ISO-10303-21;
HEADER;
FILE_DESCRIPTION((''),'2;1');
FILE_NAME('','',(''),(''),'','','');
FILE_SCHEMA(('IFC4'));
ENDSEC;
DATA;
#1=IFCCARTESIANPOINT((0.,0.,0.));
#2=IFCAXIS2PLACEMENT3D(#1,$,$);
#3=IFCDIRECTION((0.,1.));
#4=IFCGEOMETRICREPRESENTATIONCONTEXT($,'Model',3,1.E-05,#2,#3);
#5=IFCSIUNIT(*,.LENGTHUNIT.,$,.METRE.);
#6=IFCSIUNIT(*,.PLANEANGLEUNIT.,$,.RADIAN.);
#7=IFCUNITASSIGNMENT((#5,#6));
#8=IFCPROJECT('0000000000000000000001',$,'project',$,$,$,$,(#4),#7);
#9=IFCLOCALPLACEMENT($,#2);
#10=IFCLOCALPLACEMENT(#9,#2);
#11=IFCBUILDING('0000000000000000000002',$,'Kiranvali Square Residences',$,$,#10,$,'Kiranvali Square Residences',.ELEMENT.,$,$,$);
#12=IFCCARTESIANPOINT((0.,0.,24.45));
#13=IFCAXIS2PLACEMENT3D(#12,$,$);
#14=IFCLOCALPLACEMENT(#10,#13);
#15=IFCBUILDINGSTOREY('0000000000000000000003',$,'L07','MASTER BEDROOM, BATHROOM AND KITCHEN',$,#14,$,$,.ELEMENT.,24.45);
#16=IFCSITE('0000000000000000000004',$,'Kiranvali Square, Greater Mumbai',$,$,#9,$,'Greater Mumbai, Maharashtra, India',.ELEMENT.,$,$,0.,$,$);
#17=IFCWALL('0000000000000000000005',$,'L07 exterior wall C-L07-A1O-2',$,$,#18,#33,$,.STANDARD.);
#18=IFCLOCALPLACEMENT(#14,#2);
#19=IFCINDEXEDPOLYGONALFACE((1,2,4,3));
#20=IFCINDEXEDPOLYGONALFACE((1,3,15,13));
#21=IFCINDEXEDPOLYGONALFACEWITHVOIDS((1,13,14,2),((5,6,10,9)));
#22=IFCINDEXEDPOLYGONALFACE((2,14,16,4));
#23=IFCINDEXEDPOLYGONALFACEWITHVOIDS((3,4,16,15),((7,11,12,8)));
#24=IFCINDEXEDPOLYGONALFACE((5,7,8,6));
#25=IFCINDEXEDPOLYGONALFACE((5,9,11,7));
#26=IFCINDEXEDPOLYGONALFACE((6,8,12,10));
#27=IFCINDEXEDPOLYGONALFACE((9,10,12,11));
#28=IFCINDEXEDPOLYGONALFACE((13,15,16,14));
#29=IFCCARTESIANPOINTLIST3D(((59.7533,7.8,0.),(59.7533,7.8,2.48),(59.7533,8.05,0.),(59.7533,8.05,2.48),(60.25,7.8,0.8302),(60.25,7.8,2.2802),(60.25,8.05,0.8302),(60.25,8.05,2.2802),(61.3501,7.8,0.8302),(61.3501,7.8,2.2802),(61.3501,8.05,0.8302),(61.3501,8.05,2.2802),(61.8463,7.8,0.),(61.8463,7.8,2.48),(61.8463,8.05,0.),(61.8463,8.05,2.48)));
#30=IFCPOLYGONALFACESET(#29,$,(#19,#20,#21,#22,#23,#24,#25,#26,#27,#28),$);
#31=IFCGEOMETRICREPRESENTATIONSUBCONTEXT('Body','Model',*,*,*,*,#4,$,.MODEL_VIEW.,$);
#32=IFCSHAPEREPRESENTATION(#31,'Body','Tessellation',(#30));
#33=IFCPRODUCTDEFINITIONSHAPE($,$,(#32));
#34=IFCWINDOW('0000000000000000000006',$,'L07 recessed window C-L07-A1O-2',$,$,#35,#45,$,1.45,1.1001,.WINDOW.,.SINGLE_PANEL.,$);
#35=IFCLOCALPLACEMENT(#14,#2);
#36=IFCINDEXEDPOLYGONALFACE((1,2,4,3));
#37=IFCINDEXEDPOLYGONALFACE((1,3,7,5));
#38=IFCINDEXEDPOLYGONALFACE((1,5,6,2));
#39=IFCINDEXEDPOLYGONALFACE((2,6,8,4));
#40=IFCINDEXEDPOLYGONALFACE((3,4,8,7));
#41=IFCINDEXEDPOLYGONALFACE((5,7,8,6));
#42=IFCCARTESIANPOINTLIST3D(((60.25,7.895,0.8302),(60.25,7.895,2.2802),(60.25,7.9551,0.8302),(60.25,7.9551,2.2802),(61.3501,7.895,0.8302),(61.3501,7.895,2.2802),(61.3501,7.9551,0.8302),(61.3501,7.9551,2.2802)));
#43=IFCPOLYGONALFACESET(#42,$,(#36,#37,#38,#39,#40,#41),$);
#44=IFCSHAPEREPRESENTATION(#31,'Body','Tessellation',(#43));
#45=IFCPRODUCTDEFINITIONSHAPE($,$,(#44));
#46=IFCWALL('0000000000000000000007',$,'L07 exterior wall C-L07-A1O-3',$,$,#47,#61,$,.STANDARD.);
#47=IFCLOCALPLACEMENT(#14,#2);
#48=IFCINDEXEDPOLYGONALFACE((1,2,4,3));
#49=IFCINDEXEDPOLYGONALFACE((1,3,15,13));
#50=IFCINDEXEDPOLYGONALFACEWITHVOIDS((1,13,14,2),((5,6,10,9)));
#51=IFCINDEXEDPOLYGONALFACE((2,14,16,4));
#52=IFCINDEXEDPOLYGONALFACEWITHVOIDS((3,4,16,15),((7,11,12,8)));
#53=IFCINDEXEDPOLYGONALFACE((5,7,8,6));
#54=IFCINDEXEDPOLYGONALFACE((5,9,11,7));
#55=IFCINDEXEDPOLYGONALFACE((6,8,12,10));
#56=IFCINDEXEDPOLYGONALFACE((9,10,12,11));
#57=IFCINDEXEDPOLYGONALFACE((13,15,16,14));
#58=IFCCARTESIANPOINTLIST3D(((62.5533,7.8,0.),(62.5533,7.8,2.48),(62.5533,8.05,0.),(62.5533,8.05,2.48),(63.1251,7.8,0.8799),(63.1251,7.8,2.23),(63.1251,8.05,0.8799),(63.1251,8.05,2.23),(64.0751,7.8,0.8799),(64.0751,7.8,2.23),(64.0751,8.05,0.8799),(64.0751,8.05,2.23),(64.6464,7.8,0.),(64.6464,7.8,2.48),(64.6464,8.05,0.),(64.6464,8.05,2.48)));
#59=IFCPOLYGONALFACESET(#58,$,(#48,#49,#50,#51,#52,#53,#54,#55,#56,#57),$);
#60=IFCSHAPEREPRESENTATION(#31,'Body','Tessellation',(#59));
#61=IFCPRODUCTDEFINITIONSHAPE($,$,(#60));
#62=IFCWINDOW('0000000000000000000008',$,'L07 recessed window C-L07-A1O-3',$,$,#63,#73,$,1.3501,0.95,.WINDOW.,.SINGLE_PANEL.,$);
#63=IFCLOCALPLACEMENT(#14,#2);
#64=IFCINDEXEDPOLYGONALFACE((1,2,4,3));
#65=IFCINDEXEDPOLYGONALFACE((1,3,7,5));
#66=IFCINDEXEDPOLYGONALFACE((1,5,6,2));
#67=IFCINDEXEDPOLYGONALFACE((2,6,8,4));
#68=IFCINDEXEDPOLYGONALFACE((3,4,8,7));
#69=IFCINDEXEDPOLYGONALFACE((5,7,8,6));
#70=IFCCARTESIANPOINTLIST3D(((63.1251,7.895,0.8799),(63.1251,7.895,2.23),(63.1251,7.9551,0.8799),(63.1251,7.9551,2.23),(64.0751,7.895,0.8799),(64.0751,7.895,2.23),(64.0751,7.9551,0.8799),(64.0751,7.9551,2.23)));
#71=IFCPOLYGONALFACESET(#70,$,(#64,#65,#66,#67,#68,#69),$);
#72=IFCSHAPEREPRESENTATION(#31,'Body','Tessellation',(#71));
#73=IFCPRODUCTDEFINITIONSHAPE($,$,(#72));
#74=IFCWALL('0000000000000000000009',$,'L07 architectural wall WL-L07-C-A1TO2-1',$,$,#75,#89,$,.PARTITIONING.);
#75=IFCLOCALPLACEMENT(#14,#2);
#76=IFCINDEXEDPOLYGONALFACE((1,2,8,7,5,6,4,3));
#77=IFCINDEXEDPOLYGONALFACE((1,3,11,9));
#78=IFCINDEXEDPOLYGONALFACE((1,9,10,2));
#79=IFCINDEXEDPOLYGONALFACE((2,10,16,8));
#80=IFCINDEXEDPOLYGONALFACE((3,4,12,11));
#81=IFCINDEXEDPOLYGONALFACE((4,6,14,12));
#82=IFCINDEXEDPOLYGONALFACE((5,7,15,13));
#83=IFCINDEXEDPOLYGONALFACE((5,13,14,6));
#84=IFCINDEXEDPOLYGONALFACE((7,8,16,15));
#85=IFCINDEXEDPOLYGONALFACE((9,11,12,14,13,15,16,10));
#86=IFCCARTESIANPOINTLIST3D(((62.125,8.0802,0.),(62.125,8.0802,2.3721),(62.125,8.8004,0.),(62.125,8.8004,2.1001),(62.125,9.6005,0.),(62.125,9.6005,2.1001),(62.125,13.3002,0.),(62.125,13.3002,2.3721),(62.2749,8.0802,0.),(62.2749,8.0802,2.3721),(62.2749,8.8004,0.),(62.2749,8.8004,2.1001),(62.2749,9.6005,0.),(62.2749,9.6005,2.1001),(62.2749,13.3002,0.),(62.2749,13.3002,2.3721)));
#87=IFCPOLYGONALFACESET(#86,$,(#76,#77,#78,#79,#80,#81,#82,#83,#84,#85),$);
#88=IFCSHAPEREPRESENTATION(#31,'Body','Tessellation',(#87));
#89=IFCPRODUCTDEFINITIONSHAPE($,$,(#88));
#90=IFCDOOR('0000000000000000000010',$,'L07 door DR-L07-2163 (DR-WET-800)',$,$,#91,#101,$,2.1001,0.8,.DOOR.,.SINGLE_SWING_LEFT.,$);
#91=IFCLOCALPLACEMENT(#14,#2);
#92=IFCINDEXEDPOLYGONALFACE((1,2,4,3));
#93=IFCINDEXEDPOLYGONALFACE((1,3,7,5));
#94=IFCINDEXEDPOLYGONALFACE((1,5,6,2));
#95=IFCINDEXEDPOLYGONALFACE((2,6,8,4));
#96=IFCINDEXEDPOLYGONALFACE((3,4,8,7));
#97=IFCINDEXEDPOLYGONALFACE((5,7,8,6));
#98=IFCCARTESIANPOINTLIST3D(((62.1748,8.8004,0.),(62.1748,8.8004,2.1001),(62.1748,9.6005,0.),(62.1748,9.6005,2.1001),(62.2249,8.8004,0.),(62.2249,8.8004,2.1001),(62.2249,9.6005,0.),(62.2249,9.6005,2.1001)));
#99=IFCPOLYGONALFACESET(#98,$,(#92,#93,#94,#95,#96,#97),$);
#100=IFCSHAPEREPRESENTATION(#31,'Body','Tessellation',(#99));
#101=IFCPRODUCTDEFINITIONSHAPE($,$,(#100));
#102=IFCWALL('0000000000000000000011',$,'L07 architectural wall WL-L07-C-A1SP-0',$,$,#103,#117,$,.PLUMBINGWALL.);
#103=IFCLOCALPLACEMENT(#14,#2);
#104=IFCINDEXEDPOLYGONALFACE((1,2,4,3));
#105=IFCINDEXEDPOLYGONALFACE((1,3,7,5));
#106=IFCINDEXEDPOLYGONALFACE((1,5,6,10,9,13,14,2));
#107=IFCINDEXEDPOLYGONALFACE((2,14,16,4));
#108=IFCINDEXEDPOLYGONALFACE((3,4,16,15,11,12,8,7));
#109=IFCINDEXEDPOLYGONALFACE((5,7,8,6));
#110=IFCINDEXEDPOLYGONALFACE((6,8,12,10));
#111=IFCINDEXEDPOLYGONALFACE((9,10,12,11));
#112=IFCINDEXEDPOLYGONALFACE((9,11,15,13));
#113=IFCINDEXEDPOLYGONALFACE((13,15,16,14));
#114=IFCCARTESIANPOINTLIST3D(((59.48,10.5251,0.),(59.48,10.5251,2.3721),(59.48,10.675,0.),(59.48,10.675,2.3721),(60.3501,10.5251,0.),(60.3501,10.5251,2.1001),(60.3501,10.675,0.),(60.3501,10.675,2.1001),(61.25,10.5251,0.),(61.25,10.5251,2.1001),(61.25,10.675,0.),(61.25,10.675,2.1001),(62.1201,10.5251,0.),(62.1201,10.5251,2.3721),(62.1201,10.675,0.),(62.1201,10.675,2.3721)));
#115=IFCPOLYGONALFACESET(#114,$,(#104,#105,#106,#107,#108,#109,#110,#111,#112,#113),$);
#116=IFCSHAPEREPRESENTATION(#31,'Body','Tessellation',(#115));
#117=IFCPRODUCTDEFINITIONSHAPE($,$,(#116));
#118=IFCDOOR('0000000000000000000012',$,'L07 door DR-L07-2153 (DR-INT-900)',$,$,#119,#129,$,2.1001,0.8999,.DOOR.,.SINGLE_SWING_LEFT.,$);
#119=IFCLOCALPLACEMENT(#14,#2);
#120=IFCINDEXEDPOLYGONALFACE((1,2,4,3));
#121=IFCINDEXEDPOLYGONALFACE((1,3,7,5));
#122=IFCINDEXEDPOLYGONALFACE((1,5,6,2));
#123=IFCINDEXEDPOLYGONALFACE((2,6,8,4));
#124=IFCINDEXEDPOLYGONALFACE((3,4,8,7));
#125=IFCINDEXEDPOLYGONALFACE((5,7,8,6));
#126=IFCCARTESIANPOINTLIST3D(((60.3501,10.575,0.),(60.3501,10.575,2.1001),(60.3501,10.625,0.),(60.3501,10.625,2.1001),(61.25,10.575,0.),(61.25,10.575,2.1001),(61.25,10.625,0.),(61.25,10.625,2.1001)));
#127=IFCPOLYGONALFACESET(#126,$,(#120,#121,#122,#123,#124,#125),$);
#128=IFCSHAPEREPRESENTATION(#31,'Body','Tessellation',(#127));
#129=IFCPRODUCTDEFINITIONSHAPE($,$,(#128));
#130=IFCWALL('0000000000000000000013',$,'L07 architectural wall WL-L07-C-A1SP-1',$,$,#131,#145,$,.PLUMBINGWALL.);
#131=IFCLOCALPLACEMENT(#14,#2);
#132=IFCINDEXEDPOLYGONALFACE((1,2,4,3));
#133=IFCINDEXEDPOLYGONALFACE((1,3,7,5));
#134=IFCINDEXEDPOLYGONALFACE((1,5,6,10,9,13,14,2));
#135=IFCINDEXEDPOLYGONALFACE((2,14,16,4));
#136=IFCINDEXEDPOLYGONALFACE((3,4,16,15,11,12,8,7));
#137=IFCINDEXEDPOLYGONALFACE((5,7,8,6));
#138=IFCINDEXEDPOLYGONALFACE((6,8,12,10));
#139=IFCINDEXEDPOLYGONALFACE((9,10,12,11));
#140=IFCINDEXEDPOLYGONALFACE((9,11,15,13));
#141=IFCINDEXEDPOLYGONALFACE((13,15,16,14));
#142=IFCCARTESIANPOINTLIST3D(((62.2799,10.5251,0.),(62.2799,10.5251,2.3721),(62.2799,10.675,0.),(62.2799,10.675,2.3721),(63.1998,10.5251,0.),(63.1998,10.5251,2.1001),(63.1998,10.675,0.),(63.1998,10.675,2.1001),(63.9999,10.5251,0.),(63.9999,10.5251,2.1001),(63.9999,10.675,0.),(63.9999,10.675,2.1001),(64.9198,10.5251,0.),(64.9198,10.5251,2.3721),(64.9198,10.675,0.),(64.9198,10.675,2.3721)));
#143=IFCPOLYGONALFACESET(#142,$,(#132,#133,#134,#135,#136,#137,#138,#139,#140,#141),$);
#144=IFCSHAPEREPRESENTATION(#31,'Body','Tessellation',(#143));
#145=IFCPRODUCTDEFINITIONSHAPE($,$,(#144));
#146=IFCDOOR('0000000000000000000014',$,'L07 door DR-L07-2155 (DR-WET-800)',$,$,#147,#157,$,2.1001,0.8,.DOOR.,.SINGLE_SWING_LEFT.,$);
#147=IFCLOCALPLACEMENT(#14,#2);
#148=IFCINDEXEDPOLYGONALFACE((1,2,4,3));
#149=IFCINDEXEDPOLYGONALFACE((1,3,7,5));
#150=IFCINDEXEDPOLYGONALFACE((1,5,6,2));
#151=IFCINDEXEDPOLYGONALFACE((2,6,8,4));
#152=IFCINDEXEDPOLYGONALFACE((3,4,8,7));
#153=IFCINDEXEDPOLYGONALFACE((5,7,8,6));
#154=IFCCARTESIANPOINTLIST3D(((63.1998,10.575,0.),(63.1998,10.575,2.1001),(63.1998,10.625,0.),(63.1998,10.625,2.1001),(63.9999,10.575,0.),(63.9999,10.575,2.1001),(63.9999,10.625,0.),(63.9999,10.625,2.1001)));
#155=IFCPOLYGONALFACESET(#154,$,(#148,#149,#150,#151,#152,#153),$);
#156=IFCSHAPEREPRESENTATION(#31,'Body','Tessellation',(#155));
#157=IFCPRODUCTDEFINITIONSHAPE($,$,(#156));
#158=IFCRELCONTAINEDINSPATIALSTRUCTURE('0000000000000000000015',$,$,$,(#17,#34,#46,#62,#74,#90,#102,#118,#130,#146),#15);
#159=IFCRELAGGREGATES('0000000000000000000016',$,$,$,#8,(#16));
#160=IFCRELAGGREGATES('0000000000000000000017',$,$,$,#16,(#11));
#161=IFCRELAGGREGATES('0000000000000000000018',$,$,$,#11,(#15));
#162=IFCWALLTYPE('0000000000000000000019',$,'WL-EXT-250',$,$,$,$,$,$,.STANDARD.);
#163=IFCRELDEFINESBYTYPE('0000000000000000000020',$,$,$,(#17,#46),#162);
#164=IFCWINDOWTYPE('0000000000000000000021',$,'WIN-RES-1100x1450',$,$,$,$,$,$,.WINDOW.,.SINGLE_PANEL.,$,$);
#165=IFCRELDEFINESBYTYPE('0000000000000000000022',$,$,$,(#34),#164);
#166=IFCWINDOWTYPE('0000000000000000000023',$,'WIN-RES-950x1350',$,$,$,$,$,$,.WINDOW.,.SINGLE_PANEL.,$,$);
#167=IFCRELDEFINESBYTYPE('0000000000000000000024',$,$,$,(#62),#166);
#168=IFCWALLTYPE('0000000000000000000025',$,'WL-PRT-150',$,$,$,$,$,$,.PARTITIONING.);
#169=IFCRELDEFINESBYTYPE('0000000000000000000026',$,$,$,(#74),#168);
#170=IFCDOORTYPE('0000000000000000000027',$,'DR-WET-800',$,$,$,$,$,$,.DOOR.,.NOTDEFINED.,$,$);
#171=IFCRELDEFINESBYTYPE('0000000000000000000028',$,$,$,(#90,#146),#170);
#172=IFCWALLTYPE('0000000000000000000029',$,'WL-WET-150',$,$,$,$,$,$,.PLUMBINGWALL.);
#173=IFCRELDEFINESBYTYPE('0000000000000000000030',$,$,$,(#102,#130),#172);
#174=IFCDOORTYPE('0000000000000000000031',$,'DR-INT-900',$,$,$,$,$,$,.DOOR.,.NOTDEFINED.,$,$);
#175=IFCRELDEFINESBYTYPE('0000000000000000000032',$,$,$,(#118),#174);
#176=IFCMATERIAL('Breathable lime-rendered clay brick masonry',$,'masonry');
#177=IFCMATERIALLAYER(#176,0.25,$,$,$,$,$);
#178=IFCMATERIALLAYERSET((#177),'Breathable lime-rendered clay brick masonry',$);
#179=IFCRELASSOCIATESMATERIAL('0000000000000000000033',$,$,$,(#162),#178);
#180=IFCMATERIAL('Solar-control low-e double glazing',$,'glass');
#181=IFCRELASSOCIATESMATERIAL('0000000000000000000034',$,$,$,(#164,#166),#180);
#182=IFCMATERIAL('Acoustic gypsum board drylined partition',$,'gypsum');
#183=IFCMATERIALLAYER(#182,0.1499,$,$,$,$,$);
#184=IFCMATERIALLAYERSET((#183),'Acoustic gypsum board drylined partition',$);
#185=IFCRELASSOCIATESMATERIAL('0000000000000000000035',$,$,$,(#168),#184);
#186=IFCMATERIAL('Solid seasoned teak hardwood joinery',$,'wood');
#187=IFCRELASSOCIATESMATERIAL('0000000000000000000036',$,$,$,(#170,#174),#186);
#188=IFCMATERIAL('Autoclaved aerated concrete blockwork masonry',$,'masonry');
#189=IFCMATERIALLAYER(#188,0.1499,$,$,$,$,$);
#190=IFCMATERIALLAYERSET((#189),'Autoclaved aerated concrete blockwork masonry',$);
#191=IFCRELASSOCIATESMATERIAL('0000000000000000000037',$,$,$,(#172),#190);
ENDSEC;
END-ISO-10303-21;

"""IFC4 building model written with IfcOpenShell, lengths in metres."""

from ifc_helpers import new_model, si_unit, direction, frame, frame_2d, origin, place, context, subcontext, project, spatial, rectangle, extrude, material, layer, layer_set, type_object, element, fill, save


model = new_model("IFC4")

# Units and contexts
model_context = context("Model", 3, precision=1e-05, world=origin(), true_north=direction((0.0, 1.0)))
body_context = subcontext(model_context, "Body", "Model", "MODEL_VIEW")
ifc_project = project(units=[si_unit("LENGTHUNIT", "METRE"), si_unit("PLANEANGLEUNIT", "RADIAN")], contexts=[model_context])

# Site, building, storey
site_placement = place(None, origin())
site = spatial("IfcSite", under=ifc_project, at=site_placement, Name="Kiranvali Square, Greater Mumbai", LongName="Greater Mumbai, Maharashtra, India", CompositionType="ELEMENT", RefElevation=0.0)
building_placement = place(site_placement, origin())
building = spatial("IfcBuilding", under=site, at=building_placement, Name="Kiranvali Square Residences", LongName="Kiranvali Square Residences", CompositionType="ELEMENT")
storey_placement = place(building_placement, frame((0.0, 0.0, 24.45)))
storey = spatial("IfcBuildingStorey", under=building, at=storey_placement, Name="L07", Description="MASTER BEDROOM, BATHROOM AND KITCHEN", CompositionType="ELEMENT", Elevation=24.45)

# Walls, openings, windows
ifc_material_1 = material(Name="Breathable lime-rendered clay brick masonry", Category="masonry")
ifc_layer_1 = layer(ifc_material_1, 0.25)
ifc_layer_set_1 = layer_set([ifc_layer_1], Name="Breathable lime-rendered clay brick masonry")
wall_type_1 = type_object("IfcWallType", Name="WL-EXT-250", PredefinedType="STANDARD", material=ifc_layer_set_1)
wall_1_placement = place(storey_placement, frame((59.7534, 7.925, 0.0), z_axis=(0.0, 0.0, 1.0), x_axis=(1.0, 0.0, 0.0)))
wall_1 = element("IfcWall", 1, at=wall_1_placement, inside=storey, type_object=wall_type_1, Name="L07 exterior wall C-L07-A1O-2", PredefinedType="STANDARD", context=body_context, shape_type="SweptSolid", body=[
    extrude(rectangle(XDim=2.093, YDim=0.25, at=frame_2d((1.0464, 0.0))), origin(), (0.0, 0.0, 1.0), 2.48),
])
opening_1_placement = place(wall_1_placement, frame((0.4966, 0.0, 0.8301)))
opening_1 = element("IfcOpeningElement", 2, at=opening_1_placement, cuts=wall_1, PredefinedType="OPENING", context=body_context, shape_type="SweptSolid", body=[
    extrude(rectangle(XDim=1.1001, YDim=1.45, at=frame_2d((0.55, 0.7251))), frame((0.0, 0.135, 0.0), z_axis=(0.0, -1.0, 0.0), x_axis=(1.0, 0.0, 0.0)), (0.0, 0.0, 1.0), 0.27),
])
ifc_material_2 = material(Name="Solar-control low-e double glazing", Category="glass")
window_type_1 = type_object("IfcWindowType", Name="WIN-RES-1100x1450", PartitioningType="SINGLE_PANEL", PredefinedType="WINDOW", material=ifc_material_2)
window_1_placement = place(opening_1_placement, origin())
window_1 = element("IfcWindow", 3, at=window_1_placement, inside=storey, type_object=window_type_1, Name="L07 recessed window C-L07-A1O-2", OverallHeight=1.45, OverallWidth=1.1001, PartitioningType="SINGLE_PANEL", PredefinedType="WINDOW", context=body_context, shape_type="SweptSolid", body=[
    extrude(rectangle(XDim=1.1001, YDim=1.45, at=frame_2d((0.55, 0.7251))), frame((0.0, 0.03, 0.0), z_axis=(0.0, -1.0, 0.0), x_axis=(1.0, 0.0, 0.0)), (0.0, 0.0, 1.0), 0.0601),
])
fill(opening_1, window_1)
wall_2_placement = place(storey_placement, frame((62.5535, 7.925, 0.0), z_axis=(0.0, 0.0, 1.0), x_axis=(1.0, 0.0, 0.0)))
wall_2 = element("IfcWall", 4, at=wall_2_placement, inside=storey, type_object=wall_type_1, Name="L07 exterior wall C-L07-A1O-3", PredefinedType="STANDARD", context=body_context, shape_type="SweptSolid", body=[
    extrude(rectangle(XDim=2.093, YDim=0.25, at=frame_2d((1.0464, 0.0))), origin(), (0.0, 0.0, 1.0), 2.48),
])
opening_2_placement = place(wall_2_placement, frame((0.5715, 0.0, 0.8799)))
opening_2 = element("IfcOpeningElement", 5, at=opening_2_placement, cuts=wall_2, PredefinedType="OPENING", context=body_context, shape_type="SweptSolid", body=[
    extrude(rectangle(XDim=0.95, YDim=1.3501, at=frame_2d((0.4751, 0.675))), frame((0.0, 0.135, 0.0), z_axis=(0.0, -1.0, 0.0), x_axis=(1.0, 0.0, 0.0)), (0.0, 0.0, 1.0), 0.27),
])
window_type_2 = type_object("IfcWindowType", Name="WIN-RES-950x1350", PartitioningType="SINGLE_PANEL", PredefinedType="WINDOW", material=ifc_material_2)
window_2_placement = place(opening_2_placement, origin())
window_2 = element("IfcWindow", 6, at=window_2_placement, inside=storey, type_object=window_type_2, Name="L07 recessed window C-L07-A1O-3", OverallHeight=1.3501, OverallWidth=0.95, PartitioningType="SINGLE_PANEL", PredefinedType="WINDOW", context=body_context, shape_type="SweptSolid", body=[
    extrude(rectangle(XDim=0.95, YDim=1.3501, at=frame_2d((0.4751, 0.675))), frame((0.0, 0.03, 0.0), z_axis=(0.0, -1.0, 0.0), x_axis=(1.0, 0.0, 0.0)), (0.0, 0.0, 1.0), 0.0601),
])
fill(opening_2, window_2)

# Walls, openings, doors
ifc_material_3 = material(Name="Acoustic gypsum board drylined partition", Category="gypsum")
ifc_layer_2 = layer(ifc_material_3, 0.1499)
ifc_layer_set_2 = layer_set([ifc_layer_2], Name="Acoustic gypsum board drylined partition")
wall_type_2 = type_object("IfcWallType", Name="WL-PRT-150", PredefinedType="PARTITIONING", material=ifc_layer_set_2)
wall_3_placement = place(storey_placement, frame((62.2, 13.3, 0.0), z_axis=(0.0, 0.0, 1.0), x_axis=(0.0, -1.0, 0.0)))
wall_3 = element("IfcWall", 7, at=wall_3_placement, inside=storey, type_object=wall_type_2, Name="L07 architectural wall WL-L07-C-A1TO2-1", PredefinedType="PARTITIONING", context=body_context, shape_type="SweptSolid", body=[
    extrude(rectangle(XDim=5.22, YDim=0.1499, at=frame_2d((2.6099, 0.0))), origin(), (0.0, 0.0, 1.0), 2.3721),
])
opening_3_placement = place(wall_3_placement, frame((3.6997, 0.0, 0.0)))
opening_3 = element("IfcOpeningElement", 8, at=opening_3_placement, cuts=wall_3, PredefinedType="OPENING", context=body_context, shape_type="SweptSolid", body=[
    extrude(rectangle(XDim=0.8, YDim=2.1001, at=frame_2d((0.3999, 1.05))), frame((0.0, 0.085, 0.0), z_axis=(0.0, -1.0, 0.0), x_axis=(1.0, 0.0, 0.0)), (0.0, 0.0, 1.0), 0.1699),
])
ifc_material_4 = material(Name="Solid seasoned teak hardwood joinery", Category="wood")
door_type_1 = type_object("IfcDoorType", Name="DR-WET-800", OperationType="NOTDEFINED", PredefinedType="DOOR", material=ifc_material_4)
door_1_placement = place(opening_3_placement, origin())
door_1 = element("IfcDoor", 9, at=door_1_placement, inside=storey, type_object=door_type_1, Name="L07 door DR-L07-2163 (DR-WET-800)", OperationType="SINGLE_SWING_LEFT", OverallHeight=2.1001, OverallWidth=0.8, PredefinedType="DOOR", context=body_context, shape_type="SweptSolid", body=[
    extrude(rectangle(XDim=0.8, YDim=2.1001, at=frame_2d((0.3999, 1.05))), frame((0.0, 0.0249, 0.0), z_axis=(0.0, -1.0, 0.0), x_axis=(1.0, 0.0, 0.0)), (0.0, 0.0, 1.0), 0.05),
])
fill(opening_3, door_1)
ifc_material_5 = material(Name="Autoclaved aerated concrete blockwork masonry", Category="masonry")
ifc_layer_3 = layer(ifc_material_5, 0.1499)
ifc_layer_set_3 = layer_set([ifc_layer_3], Name="Autoclaved aerated concrete blockwork masonry")
wall_type_3 = type_object("IfcWallType", Name="WL-WET-150", PredefinedType="PLUMBINGWALL", material=ifc_layer_set_3)
wall_4_placement = place(storey_placement, frame((59.48, 10.6001, 0.0), z_axis=(0.0, 0.0, 1.0), x_axis=(1.0, 0.0, 0.0)))
wall_4 = element("IfcWall", 10, at=wall_4_placement, inside=storey, type_object=wall_type_3, Name="L07 architectural wall WL-L07-C-A1SP-0", PredefinedType="PLUMBINGWALL", context=body_context, shape_type="SweptSolid", body=[
    extrude(rectangle(XDim=2.6401, YDim=0.1499, at=frame_2d((1.3201, 0.0))), origin(), (0.0, 0.0, 1.0), 2.3721),
])
opening_4_placement = place(wall_4_placement, frame((0.8701, 0.0, 0.0)))
opening_4 = element("IfcOpeningElement", 11, at=opening_4_placement, cuts=wall_4, PredefinedType="OPENING", context=body_context, shape_type="SweptSolid", body=[
    extrude(rectangle(XDim=0.8999, YDim=2.1001, at=frame_2d((0.45, 1.05))), frame((0.0, 0.085, 0.0), z_axis=(0.0, -1.0, 0.0), x_axis=(1.0, 0.0, 0.0)), (0.0, 0.0, 1.0), 0.1699),
])
door_type_2 = type_object("IfcDoorType", Name="DR-INT-900", OperationType="NOTDEFINED", PredefinedType="DOOR", material=ifc_material_4)
door_2_placement = place(opening_4_placement, origin())
door_2 = element("IfcDoor", 12, at=door_2_placement, inside=storey, type_object=door_type_2, Name="L07 door DR-L07-2153 (DR-INT-900)", OperationType="SINGLE_SWING_LEFT", OverallHeight=2.1001, OverallWidth=0.8999, PredefinedType="DOOR", context=body_context, shape_type="SweptSolid", body=[
    extrude(rectangle(XDim=0.8999, YDim=2.1001, at=frame_2d((0.45, 1.05))), frame((0.0, 0.0249, 0.0), z_axis=(0.0, -1.0, 0.0), x_axis=(1.0, 0.0, 0.0)), (0.0, 0.0, 1.0), 0.05),
])
fill(opening_4, door_2)
wall_5_placement = place(storey_placement, frame((62.28, 10.6001, 0.0), z_axis=(0.0, 0.0, 1.0), x_axis=(1.0, 0.0, 0.0)))
wall_5 = element("IfcWall", 13, at=wall_5_placement, inside=storey, type_object=wall_type_3, Name="L07 architectural wall WL-L07-C-A1SP-1", PredefinedType="PLUMBINGWALL", context=body_context, shape_type="SweptSolid", body=[
    extrude(rectangle(XDim=2.6399, YDim=0.1499, at=frame_2d((1.3198, 0.0))), origin(), (0.0, 0.0, 1.0), 2.3721),
])
opening_5_placement = place(wall_5_placement, frame((0.9199, 0.0, 0.0)))
opening_5 = element("IfcOpeningElement", 14, at=opening_5_placement, cuts=wall_5, PredefinedType="OPENING", context=body_context, shape_type="SweptSolid", body=[
    extrude(rectangle(XDim=0.8, YDim=2.1001, at=frame_2d((0.3999, 1.05))), frame((0.0, 0.085, 0.0), z_axis=(0.0, -1.0, 0.0), x_axis=(1.0, 0.0, 0.0)), (0.0, 0.0, 1.0), 0.1699),
])
door_3_placement = place(opening_5_placement, origin())
door_3 = element("IfcDoor", 15, at=door_3_placement, inside=storey, type_object=door_type_1, Name="L07 door DR-L07-2155 (DR-WET-800)", OperationType="SINGLE_SWING_LEFT", OverallHeight=2.1001, OverallWidth=0.8, PredefinedType="DOOR", context=body_context, shape_type="SweptSolid", body=[
    extrude(rectangle(XDim=0.8, YDim=2.1001, at=frame_2d((0.3999, 1.05))), frame((0.0, 0.0249, 0.0), z_axis=(0.0, -1.0, 0.0), x_axis=(1.0, 0.0, 0.0)), (0.0, 0.0, 1.0), 0.05),
])
fill(opening_5, door_3)

save(model, "model.ifc")
